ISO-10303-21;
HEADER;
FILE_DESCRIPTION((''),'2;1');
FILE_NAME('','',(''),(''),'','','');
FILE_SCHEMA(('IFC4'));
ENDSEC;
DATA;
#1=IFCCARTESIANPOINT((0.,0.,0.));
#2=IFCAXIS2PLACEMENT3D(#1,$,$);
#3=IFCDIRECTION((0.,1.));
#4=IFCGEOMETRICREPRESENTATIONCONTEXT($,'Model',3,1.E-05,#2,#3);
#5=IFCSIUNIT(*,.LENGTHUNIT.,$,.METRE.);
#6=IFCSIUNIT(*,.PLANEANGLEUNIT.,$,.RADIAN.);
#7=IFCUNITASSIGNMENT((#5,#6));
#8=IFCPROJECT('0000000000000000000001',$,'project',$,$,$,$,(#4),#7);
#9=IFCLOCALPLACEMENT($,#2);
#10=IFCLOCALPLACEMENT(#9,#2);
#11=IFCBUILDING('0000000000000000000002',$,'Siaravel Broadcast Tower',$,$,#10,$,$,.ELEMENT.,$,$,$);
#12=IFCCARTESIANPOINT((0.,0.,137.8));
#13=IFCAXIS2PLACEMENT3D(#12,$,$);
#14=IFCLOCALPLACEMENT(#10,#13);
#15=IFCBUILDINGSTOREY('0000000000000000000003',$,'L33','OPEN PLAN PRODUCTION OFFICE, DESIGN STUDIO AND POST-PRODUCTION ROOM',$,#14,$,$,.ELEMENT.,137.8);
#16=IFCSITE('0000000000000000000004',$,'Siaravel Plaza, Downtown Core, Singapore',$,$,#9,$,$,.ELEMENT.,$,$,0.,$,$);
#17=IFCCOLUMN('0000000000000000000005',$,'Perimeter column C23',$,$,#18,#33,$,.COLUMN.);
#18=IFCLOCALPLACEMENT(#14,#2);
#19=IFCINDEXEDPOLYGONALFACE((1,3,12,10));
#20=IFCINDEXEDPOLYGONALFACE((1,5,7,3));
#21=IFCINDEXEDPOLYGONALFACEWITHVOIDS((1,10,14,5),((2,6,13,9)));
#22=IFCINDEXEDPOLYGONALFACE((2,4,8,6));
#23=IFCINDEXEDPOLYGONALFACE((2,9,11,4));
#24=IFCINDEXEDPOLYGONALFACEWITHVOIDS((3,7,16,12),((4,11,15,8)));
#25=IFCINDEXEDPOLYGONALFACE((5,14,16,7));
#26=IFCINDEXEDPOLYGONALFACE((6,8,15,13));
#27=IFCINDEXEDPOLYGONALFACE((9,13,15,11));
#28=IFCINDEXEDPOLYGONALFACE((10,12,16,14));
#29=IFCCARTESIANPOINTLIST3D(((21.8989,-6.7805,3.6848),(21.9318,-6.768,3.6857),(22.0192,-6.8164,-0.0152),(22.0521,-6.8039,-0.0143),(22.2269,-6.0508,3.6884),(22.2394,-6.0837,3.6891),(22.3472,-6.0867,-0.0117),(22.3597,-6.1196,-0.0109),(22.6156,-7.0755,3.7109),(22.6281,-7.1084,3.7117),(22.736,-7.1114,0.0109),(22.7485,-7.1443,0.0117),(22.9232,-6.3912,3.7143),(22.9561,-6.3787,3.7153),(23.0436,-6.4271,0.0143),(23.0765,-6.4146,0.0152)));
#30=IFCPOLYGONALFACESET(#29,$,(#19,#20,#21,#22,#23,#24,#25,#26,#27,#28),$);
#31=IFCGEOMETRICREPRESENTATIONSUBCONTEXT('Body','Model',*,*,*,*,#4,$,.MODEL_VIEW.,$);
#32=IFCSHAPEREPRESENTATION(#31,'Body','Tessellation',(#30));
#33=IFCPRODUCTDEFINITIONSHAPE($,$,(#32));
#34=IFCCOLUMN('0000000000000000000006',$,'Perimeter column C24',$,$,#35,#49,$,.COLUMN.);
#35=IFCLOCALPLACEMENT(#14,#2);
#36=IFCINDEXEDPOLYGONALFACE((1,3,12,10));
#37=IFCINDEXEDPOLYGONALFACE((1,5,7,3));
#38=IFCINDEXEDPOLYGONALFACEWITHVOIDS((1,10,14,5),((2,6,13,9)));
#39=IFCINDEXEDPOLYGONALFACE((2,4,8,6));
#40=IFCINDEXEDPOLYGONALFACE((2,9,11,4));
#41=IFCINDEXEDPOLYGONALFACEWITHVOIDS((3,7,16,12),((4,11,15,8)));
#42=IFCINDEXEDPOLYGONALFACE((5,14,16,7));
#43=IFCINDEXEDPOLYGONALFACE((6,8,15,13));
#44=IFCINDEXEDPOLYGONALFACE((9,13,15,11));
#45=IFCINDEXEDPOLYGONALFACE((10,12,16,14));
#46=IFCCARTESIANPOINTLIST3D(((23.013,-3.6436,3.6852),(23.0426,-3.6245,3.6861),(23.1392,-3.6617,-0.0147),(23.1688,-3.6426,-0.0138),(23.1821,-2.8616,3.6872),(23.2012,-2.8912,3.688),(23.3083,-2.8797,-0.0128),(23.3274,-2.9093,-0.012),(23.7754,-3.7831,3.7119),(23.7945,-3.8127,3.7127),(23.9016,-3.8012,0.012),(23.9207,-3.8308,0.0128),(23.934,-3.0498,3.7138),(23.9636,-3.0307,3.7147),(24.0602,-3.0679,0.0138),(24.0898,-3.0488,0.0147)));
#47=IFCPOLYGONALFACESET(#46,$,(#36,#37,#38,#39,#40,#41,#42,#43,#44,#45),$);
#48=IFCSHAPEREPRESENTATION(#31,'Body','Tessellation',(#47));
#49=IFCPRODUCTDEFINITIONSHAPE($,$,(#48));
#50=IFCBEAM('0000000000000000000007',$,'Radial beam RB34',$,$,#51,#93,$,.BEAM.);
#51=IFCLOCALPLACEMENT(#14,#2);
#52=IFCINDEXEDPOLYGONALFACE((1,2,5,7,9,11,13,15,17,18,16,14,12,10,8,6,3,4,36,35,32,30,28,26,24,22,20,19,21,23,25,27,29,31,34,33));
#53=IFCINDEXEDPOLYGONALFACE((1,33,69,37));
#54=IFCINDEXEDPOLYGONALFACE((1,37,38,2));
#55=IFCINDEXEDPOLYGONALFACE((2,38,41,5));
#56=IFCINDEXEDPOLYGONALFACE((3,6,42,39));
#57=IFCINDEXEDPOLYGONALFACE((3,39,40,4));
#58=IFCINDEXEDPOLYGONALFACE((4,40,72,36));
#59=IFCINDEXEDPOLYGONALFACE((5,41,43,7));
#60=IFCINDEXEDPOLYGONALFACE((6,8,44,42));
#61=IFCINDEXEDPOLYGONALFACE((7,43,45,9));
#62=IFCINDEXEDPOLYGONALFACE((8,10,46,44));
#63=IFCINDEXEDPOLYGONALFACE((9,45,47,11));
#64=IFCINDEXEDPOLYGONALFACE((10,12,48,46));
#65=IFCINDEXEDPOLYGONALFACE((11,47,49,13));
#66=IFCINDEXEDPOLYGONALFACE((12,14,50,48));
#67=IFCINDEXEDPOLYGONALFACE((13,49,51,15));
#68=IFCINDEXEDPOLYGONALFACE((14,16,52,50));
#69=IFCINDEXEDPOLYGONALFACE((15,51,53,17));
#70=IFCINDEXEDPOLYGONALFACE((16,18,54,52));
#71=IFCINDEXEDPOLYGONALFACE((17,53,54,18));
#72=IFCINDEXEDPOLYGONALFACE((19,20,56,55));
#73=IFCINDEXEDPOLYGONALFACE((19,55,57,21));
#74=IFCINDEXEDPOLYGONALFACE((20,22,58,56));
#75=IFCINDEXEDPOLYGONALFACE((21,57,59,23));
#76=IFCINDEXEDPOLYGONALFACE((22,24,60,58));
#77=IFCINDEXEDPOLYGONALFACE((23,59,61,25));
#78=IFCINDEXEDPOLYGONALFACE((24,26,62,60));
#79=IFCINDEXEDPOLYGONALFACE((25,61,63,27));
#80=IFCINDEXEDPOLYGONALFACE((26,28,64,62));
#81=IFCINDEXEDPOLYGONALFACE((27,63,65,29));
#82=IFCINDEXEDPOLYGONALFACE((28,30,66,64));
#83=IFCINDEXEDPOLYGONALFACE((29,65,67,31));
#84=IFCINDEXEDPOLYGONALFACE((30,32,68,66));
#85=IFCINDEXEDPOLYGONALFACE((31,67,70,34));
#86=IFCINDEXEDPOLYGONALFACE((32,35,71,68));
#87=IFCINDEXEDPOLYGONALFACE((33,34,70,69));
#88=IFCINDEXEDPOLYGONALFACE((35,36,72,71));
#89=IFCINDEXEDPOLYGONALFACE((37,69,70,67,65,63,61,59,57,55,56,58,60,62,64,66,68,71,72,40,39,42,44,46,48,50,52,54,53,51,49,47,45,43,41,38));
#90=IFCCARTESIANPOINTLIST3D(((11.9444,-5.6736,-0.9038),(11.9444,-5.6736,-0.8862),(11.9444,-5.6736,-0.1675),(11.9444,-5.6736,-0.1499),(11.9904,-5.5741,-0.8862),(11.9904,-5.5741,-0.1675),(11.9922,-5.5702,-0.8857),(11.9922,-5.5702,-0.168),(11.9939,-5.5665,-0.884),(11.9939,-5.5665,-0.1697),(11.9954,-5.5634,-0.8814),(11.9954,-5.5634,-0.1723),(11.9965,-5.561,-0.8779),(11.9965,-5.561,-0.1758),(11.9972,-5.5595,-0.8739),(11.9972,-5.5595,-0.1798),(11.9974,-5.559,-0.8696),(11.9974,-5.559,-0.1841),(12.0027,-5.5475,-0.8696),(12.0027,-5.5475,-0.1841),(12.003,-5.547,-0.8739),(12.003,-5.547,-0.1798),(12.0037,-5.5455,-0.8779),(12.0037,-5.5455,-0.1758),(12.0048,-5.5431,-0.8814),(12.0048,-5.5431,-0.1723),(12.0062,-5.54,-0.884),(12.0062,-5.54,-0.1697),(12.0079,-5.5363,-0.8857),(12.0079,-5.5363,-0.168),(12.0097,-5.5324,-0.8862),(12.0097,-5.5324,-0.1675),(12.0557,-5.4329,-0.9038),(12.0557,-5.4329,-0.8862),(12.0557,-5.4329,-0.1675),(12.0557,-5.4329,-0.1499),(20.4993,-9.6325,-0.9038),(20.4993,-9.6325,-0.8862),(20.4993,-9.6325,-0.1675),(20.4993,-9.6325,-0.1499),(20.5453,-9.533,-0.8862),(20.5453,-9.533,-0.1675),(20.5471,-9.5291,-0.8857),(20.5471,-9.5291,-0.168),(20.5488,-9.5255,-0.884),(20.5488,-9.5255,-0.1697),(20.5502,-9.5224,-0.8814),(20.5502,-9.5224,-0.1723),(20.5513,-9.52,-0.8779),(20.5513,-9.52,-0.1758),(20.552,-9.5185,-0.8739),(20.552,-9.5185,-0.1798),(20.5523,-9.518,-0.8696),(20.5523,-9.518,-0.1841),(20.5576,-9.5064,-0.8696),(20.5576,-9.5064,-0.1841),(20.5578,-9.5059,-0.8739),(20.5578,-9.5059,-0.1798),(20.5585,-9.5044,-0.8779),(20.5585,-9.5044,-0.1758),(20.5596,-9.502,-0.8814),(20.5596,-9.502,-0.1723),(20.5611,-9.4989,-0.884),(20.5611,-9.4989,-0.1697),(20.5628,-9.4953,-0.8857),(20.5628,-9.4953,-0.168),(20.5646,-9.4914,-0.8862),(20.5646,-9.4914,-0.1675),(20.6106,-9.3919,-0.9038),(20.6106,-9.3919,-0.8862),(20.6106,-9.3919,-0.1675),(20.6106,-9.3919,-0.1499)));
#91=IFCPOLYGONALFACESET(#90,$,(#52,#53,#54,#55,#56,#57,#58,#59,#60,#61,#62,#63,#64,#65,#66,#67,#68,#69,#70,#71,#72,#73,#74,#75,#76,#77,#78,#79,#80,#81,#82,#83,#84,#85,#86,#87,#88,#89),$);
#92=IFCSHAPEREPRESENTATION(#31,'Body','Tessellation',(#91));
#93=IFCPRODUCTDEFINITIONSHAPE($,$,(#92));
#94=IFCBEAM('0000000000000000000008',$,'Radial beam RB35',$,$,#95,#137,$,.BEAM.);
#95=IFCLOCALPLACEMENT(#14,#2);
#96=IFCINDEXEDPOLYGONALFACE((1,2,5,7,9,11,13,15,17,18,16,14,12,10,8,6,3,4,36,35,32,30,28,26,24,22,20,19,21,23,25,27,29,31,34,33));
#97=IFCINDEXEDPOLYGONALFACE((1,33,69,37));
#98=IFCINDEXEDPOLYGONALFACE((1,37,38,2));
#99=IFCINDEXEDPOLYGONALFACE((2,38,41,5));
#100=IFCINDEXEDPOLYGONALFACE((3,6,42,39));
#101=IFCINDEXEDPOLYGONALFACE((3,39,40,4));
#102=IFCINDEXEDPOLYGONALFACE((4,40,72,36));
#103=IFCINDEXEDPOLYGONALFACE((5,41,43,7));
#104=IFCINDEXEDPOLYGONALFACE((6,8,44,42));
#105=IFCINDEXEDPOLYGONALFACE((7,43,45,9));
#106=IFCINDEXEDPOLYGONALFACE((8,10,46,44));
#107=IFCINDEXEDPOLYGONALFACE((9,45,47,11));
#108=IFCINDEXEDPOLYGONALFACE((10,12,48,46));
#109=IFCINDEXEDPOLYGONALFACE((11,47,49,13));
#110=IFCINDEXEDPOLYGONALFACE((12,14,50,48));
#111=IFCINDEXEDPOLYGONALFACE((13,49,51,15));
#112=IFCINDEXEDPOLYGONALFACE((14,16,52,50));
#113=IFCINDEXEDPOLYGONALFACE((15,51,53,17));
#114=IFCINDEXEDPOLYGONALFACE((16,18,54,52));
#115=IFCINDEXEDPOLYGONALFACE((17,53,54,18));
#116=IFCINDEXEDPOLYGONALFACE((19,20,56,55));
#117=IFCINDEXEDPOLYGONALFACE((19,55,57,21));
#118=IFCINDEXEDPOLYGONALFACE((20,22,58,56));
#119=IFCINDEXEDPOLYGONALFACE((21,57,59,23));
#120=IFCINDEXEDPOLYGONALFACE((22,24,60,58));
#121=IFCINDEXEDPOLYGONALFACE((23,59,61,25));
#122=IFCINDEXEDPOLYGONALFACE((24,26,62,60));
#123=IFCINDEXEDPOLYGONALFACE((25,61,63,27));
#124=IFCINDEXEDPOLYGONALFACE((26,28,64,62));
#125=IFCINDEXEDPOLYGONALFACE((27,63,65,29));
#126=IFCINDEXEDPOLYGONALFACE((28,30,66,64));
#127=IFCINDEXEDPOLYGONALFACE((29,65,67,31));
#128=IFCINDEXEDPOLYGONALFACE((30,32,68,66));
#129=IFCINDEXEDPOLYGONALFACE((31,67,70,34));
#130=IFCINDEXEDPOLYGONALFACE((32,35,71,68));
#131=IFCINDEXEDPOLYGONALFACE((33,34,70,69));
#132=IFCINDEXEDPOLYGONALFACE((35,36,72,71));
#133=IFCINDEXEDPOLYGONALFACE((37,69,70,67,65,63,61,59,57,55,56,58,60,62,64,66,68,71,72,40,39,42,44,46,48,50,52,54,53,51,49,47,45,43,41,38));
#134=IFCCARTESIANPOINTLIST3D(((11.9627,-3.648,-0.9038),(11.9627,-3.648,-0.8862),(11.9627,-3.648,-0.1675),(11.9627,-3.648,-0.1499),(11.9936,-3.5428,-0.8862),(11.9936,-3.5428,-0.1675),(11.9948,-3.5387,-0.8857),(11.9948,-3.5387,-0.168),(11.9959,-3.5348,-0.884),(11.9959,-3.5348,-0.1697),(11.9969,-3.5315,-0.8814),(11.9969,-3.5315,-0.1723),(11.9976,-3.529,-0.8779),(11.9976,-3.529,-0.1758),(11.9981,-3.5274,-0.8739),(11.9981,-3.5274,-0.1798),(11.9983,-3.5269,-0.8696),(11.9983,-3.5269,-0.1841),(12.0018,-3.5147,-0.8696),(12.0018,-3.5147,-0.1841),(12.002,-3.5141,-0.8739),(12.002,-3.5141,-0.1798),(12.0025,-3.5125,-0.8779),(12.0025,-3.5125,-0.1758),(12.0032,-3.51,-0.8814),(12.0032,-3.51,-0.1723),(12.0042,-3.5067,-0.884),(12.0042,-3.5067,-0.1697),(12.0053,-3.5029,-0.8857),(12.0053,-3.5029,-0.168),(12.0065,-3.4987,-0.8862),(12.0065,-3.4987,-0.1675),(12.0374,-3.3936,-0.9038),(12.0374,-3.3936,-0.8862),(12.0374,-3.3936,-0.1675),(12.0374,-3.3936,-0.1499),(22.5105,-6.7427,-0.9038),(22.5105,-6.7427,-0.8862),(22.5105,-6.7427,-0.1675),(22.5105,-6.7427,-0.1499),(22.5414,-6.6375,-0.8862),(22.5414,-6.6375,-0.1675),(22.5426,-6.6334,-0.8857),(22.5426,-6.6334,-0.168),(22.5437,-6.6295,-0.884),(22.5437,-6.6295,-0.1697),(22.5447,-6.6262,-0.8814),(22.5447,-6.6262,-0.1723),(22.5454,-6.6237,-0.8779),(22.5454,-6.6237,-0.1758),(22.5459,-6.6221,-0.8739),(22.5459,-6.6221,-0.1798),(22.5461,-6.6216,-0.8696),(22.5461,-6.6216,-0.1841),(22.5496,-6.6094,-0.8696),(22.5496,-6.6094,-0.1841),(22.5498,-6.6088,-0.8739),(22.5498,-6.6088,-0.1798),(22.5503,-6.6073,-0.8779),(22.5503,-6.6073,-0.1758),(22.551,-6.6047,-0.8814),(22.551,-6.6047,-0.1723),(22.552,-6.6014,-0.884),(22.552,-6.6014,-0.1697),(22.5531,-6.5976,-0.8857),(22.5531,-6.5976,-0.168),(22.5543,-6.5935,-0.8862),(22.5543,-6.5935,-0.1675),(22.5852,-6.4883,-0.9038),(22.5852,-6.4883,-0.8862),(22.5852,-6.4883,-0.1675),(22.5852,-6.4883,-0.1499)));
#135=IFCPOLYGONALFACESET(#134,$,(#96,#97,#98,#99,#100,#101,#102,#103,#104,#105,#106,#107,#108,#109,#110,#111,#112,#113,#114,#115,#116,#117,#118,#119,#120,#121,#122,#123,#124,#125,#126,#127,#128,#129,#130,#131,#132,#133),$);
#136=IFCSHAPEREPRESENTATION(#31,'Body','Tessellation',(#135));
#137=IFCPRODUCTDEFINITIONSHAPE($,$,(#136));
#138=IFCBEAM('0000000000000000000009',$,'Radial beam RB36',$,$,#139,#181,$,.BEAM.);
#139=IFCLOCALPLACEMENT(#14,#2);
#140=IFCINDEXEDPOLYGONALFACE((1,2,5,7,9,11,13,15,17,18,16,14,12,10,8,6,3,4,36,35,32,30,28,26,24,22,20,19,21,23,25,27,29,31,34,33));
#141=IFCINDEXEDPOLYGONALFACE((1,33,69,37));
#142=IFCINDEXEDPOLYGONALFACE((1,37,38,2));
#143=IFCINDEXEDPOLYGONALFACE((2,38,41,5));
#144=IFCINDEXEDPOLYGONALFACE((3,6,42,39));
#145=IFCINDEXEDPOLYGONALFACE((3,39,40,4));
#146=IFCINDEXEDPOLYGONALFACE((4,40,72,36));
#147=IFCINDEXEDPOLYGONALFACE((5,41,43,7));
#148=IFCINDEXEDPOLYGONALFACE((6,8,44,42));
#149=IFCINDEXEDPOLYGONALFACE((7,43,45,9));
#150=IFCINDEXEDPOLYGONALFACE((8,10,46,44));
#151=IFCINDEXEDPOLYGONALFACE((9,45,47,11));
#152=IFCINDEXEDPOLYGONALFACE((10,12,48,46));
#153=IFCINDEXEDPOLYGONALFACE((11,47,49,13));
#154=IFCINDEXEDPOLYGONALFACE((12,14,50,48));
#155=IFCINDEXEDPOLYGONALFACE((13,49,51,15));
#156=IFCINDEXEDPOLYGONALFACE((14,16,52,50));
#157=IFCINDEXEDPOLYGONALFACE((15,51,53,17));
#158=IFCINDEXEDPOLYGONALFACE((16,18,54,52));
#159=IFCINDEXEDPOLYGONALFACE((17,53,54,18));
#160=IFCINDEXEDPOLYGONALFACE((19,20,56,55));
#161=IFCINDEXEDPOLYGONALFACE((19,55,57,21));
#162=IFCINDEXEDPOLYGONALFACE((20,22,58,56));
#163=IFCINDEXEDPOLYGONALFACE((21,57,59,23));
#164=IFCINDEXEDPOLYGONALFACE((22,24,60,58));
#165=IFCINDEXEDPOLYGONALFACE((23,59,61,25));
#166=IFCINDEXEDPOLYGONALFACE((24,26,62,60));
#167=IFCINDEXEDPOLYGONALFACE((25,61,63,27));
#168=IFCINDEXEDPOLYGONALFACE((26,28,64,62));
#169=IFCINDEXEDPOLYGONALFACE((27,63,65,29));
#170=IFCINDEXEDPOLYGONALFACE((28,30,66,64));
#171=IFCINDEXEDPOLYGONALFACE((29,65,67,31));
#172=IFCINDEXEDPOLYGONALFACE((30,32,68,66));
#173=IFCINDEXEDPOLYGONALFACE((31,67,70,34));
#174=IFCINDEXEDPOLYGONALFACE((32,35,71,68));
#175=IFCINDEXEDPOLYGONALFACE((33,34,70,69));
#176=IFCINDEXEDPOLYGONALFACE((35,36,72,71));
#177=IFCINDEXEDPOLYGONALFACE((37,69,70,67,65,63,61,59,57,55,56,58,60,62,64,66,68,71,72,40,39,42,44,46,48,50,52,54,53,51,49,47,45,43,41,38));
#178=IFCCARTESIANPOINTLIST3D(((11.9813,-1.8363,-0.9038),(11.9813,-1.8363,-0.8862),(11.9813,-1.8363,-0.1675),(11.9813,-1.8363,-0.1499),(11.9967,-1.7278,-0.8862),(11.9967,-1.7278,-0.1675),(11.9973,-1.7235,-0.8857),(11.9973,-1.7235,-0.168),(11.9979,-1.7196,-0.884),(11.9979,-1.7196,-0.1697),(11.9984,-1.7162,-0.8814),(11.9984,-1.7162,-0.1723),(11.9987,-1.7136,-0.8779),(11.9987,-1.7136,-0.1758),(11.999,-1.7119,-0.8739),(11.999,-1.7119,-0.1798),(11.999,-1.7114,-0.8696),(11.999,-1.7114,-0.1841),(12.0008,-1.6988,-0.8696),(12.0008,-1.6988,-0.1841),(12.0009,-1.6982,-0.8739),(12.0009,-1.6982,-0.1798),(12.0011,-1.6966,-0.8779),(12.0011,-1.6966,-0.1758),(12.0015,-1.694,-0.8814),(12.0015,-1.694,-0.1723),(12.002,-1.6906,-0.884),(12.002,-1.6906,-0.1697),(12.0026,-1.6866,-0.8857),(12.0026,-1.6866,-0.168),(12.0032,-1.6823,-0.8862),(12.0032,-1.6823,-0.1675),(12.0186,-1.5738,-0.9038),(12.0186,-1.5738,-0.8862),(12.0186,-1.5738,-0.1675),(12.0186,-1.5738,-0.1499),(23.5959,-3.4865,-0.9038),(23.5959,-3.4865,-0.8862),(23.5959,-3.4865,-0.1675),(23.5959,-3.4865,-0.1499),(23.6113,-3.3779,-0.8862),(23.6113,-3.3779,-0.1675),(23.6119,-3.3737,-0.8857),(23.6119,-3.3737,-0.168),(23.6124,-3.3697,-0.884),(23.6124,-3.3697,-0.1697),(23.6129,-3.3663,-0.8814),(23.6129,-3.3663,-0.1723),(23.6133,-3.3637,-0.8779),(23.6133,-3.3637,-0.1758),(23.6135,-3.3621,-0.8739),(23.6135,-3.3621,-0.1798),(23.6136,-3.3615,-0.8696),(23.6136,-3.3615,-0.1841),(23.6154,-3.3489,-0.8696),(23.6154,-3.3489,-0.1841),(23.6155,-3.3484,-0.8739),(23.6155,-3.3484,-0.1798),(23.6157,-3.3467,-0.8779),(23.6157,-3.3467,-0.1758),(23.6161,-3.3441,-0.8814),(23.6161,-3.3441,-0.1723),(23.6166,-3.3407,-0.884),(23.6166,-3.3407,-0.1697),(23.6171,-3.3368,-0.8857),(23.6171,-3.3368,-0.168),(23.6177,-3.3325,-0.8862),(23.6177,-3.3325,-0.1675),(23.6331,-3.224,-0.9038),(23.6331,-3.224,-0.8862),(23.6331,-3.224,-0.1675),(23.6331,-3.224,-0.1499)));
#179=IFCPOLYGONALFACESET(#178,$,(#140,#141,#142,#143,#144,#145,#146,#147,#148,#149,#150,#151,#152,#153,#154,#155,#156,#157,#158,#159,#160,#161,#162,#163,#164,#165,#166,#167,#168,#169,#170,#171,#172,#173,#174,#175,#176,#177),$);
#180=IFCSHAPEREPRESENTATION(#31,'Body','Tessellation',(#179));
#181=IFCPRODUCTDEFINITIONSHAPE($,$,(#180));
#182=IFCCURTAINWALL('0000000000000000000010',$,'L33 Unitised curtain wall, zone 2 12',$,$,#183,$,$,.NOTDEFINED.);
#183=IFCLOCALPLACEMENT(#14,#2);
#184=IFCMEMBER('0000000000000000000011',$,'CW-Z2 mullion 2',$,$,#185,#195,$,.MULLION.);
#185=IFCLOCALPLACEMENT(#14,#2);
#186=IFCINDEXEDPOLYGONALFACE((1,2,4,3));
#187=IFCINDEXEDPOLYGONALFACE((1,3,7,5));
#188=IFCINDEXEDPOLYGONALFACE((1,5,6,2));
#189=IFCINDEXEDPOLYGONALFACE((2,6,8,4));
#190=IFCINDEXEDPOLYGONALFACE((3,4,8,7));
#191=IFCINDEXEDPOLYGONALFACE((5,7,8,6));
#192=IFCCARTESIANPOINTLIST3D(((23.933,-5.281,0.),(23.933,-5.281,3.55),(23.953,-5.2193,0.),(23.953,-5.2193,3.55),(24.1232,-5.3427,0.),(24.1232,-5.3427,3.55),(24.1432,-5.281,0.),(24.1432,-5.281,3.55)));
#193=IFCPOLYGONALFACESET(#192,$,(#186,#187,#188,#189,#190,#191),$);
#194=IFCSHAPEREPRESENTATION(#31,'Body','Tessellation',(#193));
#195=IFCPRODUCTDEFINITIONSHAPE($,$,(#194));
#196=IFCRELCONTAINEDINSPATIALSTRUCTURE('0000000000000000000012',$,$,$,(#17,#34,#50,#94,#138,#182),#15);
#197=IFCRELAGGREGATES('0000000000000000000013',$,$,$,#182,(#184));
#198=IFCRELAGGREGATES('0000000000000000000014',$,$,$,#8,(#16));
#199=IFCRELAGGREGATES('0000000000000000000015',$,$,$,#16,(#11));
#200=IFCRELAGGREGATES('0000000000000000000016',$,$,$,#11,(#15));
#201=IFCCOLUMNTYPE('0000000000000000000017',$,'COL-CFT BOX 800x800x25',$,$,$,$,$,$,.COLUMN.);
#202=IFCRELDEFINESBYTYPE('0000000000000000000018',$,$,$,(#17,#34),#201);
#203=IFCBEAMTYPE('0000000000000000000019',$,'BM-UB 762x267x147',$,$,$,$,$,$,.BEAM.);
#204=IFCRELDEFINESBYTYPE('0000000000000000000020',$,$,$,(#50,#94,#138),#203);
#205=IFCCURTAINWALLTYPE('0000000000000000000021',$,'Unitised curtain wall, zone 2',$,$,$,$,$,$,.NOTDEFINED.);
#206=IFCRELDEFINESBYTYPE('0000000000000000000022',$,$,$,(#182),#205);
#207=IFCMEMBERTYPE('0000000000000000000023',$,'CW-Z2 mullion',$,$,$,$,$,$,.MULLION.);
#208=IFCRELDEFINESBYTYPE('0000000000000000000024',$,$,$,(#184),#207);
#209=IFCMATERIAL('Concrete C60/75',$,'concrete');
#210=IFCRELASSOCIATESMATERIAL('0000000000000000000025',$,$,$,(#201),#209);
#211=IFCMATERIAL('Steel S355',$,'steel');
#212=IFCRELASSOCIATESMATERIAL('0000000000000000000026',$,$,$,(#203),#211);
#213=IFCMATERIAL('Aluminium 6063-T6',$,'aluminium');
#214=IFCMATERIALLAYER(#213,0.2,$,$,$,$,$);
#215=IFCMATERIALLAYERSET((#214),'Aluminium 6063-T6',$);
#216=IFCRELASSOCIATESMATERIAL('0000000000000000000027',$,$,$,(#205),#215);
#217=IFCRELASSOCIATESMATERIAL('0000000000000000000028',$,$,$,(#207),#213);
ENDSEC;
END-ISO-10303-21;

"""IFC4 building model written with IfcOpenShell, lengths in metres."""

from ifc_helpers import new_model, si_unit, direction, frame, origin, origin_2d, place, context, subcontext, project, spatial, rectangle, hollow_rectangle, i_section, extrude, material, layer, layer_set, material_profile, profile_set, type_object, element, aggregate, save


model = new_model("IFC4")

# Units and contexts
model_context = context("Model", 3, precision=1e-05, world=origin(), true_north=direction((0.0, 1.0)))
body_context = subcontext(model_context, "Body", "Model", "MODEL_VIEW")
ifc_project = project(units=[si_unit("LENGTHUNIT", "METRE"), si_unit("PLANEANGLEUNIT", "RADIAN")], contexts=[model_context])

# Site, building, storey
site_placement = place(None, origin())
site = spatial("IfcSite", under=ifc_project, at=site_placement, Name="Siaravel Plaza, Downtown Core, Singapore", CompositionType="ELEMENT", RefElevation=0.0)
building_placement = place(site_placement, origin())
building = spatial("IfcBuilding", under=site, at=building_placement, Name="Siaravel Broadcast Tower", CompositionType="ELEMENT")
storey_placement = place(building_placement, frame((0.0, 0.0, 137.8)))
storey = spatial("IfcBuildingStorey", under=building, at=storey_placement, Name="L33", Description="OPEN PLAN PRODUCTION OFFICE, DESIGN STUDIO AND POST-PRODUCTION ROOM", CompositionType="ELEMENT", Elevation=137.8)

# Columns
ifc_material_1 = material(Name="Concrete C60/75", Category="concrete")
ifc_material_profile_1 = material_profile(ifc_material_1, hollow_rectangle(XDim=0.8, YDim=0.8, WallThickness=0.0249, at=origin_2d()))
ifc_profile_set_1 = profile_set([ifc_material_profile_1], Name="Concrete C60/75")
column_type = type_object("IfcColumnType", Name="COL-CFT BOX 800x800x25", PredefinedType="COLUMN", material=ifc_profile_set_1)
for number, where, z_axis, x_axis, name in (
    (1, (22.5479, -6.6155, 0.0), (-0.032512, 0.009694, 0.999424), (-0.409997, -0.912076, -0.00449), "Perimeter column C23"),
    (2, (23.6145, -3.3552, 0.0), (-0.034094, 0.00488, 0.999407), (-0.211413, -0.977394, -0.00244), "Perimeter column C24"),
):
    element("IfcColumn", number, at=place(storey_placement, frame(where, z_axis=z_axis, x_axis=x_axis)), inside=storey, type_object=column_type, Name=name, PredefinedType="COLUMN", context=body_context, shape_type="SweptSolid", body=[
        extrude(hollow_rectangle(XDim=0.8, YDim=0.8, WallThickness=0.0249, at=origin_2d()), origin(), (0.0, 0.0, 1.0), 3.7021),
    ])

# Beams
ifc_material_2 = material(Name="Steel S355", Category="steel")
ifc_material_profile_2 = material_profile(ifc_material_2, i_section(OverallWidth=0.2651, OverallDepth=0.7539, WebThickness=0.0127, FlangeThickness=0.0176, FilletRadius=0.0166, at=origin_2d()))
ifc_profile_set_2 = profile_set([ifc_material_profile_2], Name="Steel S355")
beam_type = type_object("IfcBeamType", Name="BM-UB 762x267x147", PredefinedType="BEAM", material=ifc_profile_set_2)
beam_1_placement = place(storey_placement, frame((20.5549, -9.5122, -0.5269), z_axis=(-0.907533, 0.419981, 0.0), x_axis=(-0.419981, -0.907533, 0.0)))
element("IfcBeam", 3, at=beam_1_placement, inside=storey, type_object=beam_type, Name="Radial beam RB34", PredefinedType="BEAM", context=body_context, shape_type="SweptSolid", body=[
    extrude(i_section(OverallWidth=0.2651, OverallDepth=0.7539, WebThickness=0.0127, FlangeThickness=0.0176, FilletRadius=0.0166, at=origin_2d()), origin(), (0.0, 0.0, 1.0), 9.4265),
])
beam_2_placement = place(storey_placement, frame((22.5479, -6.6155, -0.5269), z_axis=(-0.959552, 0.281531, 0.0), x_axis=(-0.281531, -0.959552, 0.0)))
element("IfcBeam", 4, at=beam_2_placement, inside=storey, type_object=beam_type, Name="Radial beam RB35", PredefinedType="BEAM", context=body_context, shape_type="SweptSolid", body=[
    extrude(i_section(OverallWidth=0.2651, OverallDepth=0.7539, WebThickness=0.0127, FlangeThickness=0.0176, FilletRadius=0.0166, at=origin_2d()), origin(), (0.0, 0.0, 1.0), 10.9924),
])
beam_3_placement = place(storey_placement, frame((23.6145, -3.3552, -0.5269), z_axis=(-0.990057, 0.140664, 0.0), x_axis=(-0.140664, -0.990057, 0.0)))
element("IfcBeam", 5, at=beam_3_placement, inside=storey, type_object=beam_type, Name="Radial beam RB36", PredefinedType="BEAM", context=body_context, shape_type="SweptSolid", body=[
    extrude(i_section(OverallWidth=0.2651, OverallDepth=0.7539, WebThickness=0.0127, FlangeThickness=0.0176, FilletRadius=0.0166, at=origin_2d()), origin(), (0.0, 0.0, 1.0), 11.7312),
])

# Curtain wall, member
ifc_material_3 = material(Name="Aluminium 6063-T6", Category="aluminium")
ifc_layer_1 = layer(ifc_material_3, 0.2)
ifc_layer_set_1 = layer_set([ifc_layer_1], Name="Aluminium 6063-T6")
curtain_wall_type = type_object("IfcCurtainWallType", Name="Unitised curtain wall, zone 2", PredefinedType="NOTDEFINED", material=ifc_layer_set_1)
curtain_wall_placement = place(storey_placement, origin())
curtain_wall = element("IfcCurtainWall", 6, at=curtain_wall_placement, inside=storey, type_object=curtain_wall_type, Name="L33 Unitised curtain wall, zone 2 12", PredefinedType="NOTDEFINED")
ifc_material_profile_3 = material_profile(ifc_material_3, rectangle(XDim=0.2, YDim=0.0649, at=origin_2d()))
ifc_profile_set_3 = profile_set([ifc_material_profile_3], Name="Aluminium 6063-T6")
member_type_1 = type_object("IfcMemberType", Name="CW-Z2 mullion", PredefinedType="MULLION", material=ifc_profile_set_3)
member_1_placement = place(storey_placement, frame((24.0381, -5.281, 0.0), z_axis=(0.0, 0.0, 1.0), x_axis=(-0.951178, 0.308644, 0.0)))
member_1 = element("IfcMember", 7, at=member_1_placement, type_object=member_type_1, Name="CW-Z2 mullion 2", PredefinedType="MULLION", context=body_context, shape_type="SweptSolid", body=[
    extrude(rectangle(XDim=0.2, YDim=0.0649, at=origin_2d()), origin(), (0.0, 0.0, 1.0), 3.55),
])
aggregate(curtain_wall, [member_1])

save(model, "model.ifc")
